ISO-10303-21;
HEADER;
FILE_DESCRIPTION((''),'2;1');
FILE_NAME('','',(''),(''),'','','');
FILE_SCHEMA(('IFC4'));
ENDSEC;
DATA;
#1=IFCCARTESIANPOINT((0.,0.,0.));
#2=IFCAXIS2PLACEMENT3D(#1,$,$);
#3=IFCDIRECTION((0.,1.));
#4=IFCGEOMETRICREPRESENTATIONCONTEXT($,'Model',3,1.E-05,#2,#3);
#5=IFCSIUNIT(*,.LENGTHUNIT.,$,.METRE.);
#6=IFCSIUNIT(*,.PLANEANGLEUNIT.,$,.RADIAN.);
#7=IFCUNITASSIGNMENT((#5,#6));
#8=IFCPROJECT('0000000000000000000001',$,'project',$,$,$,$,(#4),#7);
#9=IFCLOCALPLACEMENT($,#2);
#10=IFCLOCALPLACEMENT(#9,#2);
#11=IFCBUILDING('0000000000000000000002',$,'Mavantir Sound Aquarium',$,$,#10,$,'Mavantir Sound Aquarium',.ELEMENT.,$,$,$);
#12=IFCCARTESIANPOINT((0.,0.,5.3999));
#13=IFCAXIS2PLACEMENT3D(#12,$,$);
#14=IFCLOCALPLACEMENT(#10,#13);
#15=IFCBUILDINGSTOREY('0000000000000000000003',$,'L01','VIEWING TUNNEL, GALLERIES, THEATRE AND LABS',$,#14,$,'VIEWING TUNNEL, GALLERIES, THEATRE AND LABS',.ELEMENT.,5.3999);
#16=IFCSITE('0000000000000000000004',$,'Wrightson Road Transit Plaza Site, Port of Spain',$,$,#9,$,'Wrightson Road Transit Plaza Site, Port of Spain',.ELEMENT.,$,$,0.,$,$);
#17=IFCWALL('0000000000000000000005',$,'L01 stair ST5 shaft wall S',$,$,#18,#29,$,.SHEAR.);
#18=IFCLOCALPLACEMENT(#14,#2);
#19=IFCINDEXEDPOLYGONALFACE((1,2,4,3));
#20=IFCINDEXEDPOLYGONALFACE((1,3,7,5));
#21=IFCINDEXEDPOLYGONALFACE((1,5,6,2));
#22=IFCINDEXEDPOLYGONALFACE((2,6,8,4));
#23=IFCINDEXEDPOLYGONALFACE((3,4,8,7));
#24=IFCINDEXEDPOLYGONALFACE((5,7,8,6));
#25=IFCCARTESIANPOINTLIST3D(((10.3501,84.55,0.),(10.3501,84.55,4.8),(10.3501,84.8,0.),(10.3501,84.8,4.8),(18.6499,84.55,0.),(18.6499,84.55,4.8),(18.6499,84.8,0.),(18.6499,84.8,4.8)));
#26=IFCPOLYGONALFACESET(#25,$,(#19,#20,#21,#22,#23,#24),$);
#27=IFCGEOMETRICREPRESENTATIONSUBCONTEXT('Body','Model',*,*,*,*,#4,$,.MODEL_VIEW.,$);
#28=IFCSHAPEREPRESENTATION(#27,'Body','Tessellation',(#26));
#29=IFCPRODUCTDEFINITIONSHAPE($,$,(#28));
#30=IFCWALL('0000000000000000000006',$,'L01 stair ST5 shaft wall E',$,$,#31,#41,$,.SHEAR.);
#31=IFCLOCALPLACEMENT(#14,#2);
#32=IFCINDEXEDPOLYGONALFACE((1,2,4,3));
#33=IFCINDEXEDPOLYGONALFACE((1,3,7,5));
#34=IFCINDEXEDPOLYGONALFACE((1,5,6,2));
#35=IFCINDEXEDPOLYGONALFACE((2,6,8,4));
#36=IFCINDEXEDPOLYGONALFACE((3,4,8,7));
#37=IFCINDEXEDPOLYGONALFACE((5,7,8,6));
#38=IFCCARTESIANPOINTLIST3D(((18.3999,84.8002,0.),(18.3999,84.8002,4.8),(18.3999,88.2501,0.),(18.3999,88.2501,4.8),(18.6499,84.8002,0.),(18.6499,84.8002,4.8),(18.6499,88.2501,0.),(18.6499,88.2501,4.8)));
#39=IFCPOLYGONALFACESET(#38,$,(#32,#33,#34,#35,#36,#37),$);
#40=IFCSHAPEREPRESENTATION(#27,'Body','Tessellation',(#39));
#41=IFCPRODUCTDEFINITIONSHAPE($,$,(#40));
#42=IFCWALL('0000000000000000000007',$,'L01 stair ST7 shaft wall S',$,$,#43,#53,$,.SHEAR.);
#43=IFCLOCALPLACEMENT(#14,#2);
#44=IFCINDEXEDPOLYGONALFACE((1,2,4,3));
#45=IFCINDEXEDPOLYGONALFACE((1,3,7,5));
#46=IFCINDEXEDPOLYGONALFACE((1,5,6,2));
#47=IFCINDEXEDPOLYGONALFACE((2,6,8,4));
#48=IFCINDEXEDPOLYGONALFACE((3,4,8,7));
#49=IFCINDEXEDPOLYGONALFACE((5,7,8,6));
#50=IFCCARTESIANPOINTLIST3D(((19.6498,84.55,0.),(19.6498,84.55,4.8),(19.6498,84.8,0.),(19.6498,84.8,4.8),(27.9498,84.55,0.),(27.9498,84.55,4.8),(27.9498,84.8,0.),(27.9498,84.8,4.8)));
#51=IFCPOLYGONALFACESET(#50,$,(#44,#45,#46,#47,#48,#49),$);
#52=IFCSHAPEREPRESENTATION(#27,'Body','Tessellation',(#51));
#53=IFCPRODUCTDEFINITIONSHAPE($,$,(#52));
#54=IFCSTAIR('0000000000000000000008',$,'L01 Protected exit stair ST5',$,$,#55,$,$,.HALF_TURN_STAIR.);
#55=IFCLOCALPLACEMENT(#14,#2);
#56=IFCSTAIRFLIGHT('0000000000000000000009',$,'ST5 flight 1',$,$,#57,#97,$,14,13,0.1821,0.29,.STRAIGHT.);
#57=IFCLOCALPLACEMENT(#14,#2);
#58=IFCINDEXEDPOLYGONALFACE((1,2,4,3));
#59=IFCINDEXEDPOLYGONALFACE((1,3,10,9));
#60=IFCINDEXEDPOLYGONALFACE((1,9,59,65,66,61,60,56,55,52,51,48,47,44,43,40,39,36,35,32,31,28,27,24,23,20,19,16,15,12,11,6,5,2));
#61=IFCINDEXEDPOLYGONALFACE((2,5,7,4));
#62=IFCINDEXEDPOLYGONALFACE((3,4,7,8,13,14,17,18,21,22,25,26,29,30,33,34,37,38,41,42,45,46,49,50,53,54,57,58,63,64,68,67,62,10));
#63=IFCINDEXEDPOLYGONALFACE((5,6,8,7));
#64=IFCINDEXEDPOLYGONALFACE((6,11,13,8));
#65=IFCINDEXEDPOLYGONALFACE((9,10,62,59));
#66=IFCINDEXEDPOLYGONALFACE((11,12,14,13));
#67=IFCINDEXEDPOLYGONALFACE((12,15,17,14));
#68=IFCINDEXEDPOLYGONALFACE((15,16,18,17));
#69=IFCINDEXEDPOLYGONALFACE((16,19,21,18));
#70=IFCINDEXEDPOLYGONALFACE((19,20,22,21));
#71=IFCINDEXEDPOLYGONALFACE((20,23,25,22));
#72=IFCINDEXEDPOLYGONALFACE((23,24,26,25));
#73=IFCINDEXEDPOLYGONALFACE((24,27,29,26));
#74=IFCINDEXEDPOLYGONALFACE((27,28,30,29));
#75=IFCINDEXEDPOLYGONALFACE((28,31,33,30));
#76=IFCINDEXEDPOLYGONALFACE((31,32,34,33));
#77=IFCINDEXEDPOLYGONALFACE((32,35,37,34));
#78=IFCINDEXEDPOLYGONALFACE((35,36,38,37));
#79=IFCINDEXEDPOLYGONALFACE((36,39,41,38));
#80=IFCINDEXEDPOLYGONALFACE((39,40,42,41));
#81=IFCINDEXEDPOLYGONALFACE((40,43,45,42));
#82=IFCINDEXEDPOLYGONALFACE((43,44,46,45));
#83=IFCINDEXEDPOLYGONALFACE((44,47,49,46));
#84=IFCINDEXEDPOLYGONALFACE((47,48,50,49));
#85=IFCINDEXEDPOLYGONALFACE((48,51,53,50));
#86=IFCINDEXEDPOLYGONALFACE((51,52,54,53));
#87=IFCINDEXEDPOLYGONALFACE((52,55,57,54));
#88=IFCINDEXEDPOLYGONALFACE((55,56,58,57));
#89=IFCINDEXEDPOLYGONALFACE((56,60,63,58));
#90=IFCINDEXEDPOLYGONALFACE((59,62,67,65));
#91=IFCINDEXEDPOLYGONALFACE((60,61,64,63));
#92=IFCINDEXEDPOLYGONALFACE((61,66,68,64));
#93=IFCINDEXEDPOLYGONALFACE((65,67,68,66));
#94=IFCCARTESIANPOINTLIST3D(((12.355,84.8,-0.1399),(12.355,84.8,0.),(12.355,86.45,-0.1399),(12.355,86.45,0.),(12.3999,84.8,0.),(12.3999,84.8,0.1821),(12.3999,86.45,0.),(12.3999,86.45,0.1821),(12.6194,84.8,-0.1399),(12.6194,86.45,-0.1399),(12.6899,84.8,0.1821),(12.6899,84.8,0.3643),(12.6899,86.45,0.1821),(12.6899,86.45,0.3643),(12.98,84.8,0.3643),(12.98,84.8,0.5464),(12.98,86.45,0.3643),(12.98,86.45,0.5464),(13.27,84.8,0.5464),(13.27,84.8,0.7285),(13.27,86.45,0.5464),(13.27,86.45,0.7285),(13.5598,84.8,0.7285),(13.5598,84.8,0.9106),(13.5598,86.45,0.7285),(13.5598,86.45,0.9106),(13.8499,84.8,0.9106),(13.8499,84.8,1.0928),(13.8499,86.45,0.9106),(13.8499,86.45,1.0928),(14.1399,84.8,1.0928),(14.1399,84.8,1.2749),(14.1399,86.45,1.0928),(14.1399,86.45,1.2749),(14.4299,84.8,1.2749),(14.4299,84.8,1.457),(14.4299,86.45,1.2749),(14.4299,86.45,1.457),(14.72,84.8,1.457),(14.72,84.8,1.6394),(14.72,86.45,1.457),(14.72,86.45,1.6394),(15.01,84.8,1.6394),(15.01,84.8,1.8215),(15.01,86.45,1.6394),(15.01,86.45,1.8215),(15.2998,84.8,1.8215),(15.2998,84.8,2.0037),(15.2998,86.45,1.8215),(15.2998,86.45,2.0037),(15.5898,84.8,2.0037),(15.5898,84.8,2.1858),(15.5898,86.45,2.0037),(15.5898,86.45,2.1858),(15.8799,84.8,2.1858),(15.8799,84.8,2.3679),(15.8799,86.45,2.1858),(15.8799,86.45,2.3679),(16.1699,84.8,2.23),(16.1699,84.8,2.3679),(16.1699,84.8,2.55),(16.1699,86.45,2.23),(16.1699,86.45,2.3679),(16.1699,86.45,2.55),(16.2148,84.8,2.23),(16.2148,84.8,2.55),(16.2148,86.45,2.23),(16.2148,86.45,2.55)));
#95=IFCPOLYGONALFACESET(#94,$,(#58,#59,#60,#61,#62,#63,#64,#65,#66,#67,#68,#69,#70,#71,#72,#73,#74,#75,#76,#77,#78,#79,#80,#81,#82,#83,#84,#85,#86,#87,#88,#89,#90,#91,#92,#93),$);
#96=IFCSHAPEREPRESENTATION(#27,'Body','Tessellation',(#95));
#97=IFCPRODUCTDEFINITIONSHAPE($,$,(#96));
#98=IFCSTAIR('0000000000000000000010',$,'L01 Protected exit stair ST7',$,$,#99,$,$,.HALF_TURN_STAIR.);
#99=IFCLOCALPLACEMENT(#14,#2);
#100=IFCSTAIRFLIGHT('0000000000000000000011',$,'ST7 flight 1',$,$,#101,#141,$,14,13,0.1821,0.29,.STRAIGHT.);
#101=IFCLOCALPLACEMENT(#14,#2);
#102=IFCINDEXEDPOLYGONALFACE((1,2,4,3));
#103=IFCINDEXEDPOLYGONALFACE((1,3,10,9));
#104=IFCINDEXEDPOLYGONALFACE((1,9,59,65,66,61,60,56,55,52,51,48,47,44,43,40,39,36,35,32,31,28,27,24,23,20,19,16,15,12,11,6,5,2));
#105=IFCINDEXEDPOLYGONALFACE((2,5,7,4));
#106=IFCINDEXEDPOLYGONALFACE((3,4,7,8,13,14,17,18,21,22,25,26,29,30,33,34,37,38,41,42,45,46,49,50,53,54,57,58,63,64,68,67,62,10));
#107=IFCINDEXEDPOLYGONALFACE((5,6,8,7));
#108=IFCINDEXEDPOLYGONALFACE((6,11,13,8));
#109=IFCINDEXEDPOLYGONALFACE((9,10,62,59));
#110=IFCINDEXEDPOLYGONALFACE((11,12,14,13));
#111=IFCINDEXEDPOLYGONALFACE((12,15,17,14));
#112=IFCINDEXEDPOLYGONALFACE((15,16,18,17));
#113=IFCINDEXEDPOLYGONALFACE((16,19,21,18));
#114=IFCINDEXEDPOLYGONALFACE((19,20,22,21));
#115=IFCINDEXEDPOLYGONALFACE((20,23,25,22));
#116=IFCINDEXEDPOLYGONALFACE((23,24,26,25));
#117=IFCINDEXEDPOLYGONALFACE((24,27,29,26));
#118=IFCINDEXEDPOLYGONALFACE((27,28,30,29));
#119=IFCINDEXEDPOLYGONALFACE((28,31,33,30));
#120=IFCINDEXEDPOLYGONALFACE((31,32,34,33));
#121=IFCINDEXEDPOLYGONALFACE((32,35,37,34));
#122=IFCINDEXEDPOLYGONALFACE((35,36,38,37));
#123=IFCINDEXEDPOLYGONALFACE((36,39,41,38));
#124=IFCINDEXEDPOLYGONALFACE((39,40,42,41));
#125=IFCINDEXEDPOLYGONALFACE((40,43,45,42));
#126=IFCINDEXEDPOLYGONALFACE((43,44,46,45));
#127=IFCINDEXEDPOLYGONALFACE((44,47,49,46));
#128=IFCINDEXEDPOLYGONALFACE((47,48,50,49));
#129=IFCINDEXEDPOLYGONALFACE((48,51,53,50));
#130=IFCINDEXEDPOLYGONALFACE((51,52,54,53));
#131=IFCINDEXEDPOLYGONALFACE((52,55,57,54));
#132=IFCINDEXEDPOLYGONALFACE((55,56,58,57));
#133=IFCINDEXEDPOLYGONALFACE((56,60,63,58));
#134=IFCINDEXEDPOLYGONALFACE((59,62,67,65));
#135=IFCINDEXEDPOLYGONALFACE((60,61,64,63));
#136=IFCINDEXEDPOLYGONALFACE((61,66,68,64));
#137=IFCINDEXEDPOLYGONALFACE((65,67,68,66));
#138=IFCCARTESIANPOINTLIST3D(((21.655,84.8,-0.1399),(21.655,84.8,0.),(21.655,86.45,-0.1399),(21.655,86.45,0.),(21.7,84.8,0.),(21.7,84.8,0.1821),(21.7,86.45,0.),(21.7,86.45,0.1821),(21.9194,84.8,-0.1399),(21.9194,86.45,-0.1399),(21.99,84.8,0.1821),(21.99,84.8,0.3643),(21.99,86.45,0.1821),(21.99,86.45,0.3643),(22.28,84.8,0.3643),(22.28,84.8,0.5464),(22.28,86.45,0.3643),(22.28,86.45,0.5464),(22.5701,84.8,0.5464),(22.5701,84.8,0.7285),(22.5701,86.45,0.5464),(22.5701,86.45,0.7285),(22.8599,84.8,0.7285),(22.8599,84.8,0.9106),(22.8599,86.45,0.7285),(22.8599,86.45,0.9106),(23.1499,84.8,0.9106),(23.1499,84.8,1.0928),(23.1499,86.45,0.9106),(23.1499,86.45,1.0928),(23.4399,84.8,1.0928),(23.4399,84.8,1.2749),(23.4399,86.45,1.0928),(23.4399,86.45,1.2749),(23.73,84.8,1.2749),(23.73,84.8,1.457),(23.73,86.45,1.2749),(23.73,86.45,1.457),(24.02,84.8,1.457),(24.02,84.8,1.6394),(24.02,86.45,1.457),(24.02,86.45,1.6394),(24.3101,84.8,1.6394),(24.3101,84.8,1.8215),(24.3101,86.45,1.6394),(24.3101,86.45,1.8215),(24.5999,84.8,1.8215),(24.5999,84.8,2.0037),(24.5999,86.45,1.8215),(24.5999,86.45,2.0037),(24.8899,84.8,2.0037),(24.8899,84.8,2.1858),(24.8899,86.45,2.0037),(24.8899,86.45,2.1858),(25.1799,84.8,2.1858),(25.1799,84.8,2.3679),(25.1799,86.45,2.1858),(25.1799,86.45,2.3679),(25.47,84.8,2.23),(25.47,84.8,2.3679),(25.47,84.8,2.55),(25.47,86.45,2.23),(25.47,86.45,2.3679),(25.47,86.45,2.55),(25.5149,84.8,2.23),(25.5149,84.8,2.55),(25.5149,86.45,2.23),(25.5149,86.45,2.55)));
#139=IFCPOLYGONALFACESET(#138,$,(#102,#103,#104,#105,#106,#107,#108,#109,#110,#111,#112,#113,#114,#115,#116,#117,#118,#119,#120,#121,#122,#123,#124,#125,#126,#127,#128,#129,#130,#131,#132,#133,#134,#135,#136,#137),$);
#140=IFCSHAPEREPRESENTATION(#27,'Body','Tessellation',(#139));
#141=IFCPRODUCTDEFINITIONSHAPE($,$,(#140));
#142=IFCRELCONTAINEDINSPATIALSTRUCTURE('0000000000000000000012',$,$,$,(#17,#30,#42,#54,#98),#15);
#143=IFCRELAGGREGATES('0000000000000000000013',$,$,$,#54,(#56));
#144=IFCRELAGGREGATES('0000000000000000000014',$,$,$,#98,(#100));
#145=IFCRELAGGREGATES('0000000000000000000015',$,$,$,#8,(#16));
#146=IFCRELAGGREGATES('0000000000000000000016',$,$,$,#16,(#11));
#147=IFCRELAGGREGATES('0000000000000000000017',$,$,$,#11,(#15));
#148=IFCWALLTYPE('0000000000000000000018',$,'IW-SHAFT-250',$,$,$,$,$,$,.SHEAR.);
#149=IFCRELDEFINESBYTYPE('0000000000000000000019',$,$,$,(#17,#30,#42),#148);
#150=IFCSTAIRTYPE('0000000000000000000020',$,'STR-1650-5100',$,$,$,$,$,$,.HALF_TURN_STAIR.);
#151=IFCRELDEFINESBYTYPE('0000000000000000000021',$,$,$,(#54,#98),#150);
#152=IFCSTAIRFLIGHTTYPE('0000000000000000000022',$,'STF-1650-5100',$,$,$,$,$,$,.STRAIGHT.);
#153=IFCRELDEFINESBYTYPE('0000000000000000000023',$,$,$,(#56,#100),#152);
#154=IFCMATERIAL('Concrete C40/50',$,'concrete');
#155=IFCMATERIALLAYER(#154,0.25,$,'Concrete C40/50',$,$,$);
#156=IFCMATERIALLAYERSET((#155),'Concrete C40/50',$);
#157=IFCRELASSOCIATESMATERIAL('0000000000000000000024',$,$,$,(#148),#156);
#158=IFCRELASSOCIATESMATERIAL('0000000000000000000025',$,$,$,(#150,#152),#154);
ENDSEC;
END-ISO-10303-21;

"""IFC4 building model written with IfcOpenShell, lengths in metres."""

from ifc_helpers import new_model, si_unit, direction, frame, frame_2d, origin, place, context, subcontext, project, spatial, polyline, rectangle, outline, extrude, material, layer, layer_set, type_object, element, aggregate, save


model = new_model("IFC4")

# Units and contexts
model_context = context("Model", 3, precision=1e-05, world=origin(), true_north=direction((0.0, 1.0)))
body_context = subcontext(model_context, "Body", "Model", "MODEL_VIEW")
ifc_project = project(units=[si_unit("LENGTHUNIT", "METRE"), si_unit("PLANEANGLEUNIT", "RADIAN")], contexts=[model_context])

# Site, building, storey
site_placement = place(None, origin())
site = spatial("IfcSite", under=ifc_project, at=site_placement, Name="Wrightson Road Transit Plaza Site, Port of Spain", LongName="Wrightson Road Transit Plaza Site, Port of Spain", CompositionType="ELEMENT", RefElevation=0.0)
building_placement = place(site_placement, origin())
building = spatial("IfcBuilding", under=site, at=building_placement, Name="Mavantir Sound Aquarium", LongName="Mavantir Sound Aquarium", CompositionType="ELEMENT")
storey_placement = place(building_placement, frame((0.0, 0.0, 5.3999)))
storey = spatial("IfcBuildingStorey", under=building, at=storey_placement, Name="L01", Description="VIEWING TUNNEL, GALLERIES, THEATRE AND LABS", LongName="VIEWING TUNNEL, GALLERIES, THEATRE AND LABS", CompositionType="ELEMENT", Elevation=5.3999)

# Shared definitions
ifc_material_1 = material(Name="Concrete C40/50", Category="concrete")

# Walls
ifc_layer_1 = layer(ifc_material_1, 0.25, Name="Concrete C40/50")
ifc_layer_set_1 = layer_set([ifc_layer_1], Name="Concrete C40/50")
wall_type_1 = type_object("IfcWallType", Name="IW-SHAFT-250", PredefinedType="SHEAR", material=ifc_layer_set_1)
wall_1_placement = place(storey_placement, frame((10.3501, 84.675, 0.0), z_axis=(0.0, 0.0, 1.0), x_axis=(1.0, 0.0, 0.0)))
element("IfcWall", 1, at=wall_1_placement, inside=storey, type_object=wall_type_1, Name="L01 stair ST5 shaft wall S", PredefinedType="SHEAR", context=body_context, shape_type="SweptSolid", body=[
    extrude(rectangle(XDim=8.2998, YDim=0.25, at=frame_2d((4.1499, 0.0))), origin(), (0.0, 0.0, 1.0), 4.8),
])
wall_2_placement = place(storey_placement, frame((18.5249, 84.8, 0.0), z_axis=(0.0, 0.0, 1.0), x_axis=(0.0, 1.0, 0.0)))
element("IfcWall", 2, at=wall_2_placement, inside=storey, type_object=wall_type_1, Name="L01 stair ST5 shaft wall E", PredefinedType="SHEAR", context=body_context, shape_type="SweptSolid", body=[
    extrude(rectangle(XDim=3.45, YDim=0.25, at=frame_2d((1.7251, 0.0))), origin(), (0.0, 0.0, 1.0), 4.8),
])
wall_3_placement = place(storey_placement, frame((19.6499, 84.675, 0.0), z_axis=(0.0, 0.0, 1.0), x_axis=(1.0, 0.0, 0.0)))
element("IfcWall", 3, at=wall_3_placement, inside=storey, type_object=wall_type_1, Name="L01 stair ST7 shaft wall S", PredefinedType="SHEAR", context=body_context, shape_type="SweptSolid", body=[
    extrude(rectangle(XDim=8.3, YDim=0.25, at=frame_2d((4.1499, 0.0))), origin(), (0.0, 0.0, 1.0), 4.8),
])

# Stairs, stair flights
stair_type = type_object("IfcStairType", Name="STR-1650-5100", PredefinedType="HALF_TURN_STAIR", material=ifc_material_1)
stair_1_placement = place(storey_placement, origin())
stair_1 = element("IfcStair", 4, at=stair_1_placement, inside=storey, type_object=stair_type, Name="L01 Protected exit stair ST5", PredefinedType="HALF_TURN_STAIR")
stair_flight_type = type_object("IfcStairFlightType", Name="STF-1650-5100", PredefinedType="STRAIGHT", material=ifc_material_1)
stair_flight_1_placement = place(storey_placement, frame((12.3999, 85.625, 0.0), z_axis=(0.0, 0.0, 1.0), x_axis=(1.0, 0.0, 0.0)))
stair_flight_1 = element("IfcStairFlight", 5, at=stair_flight_1_placement, type_object=stair_flight_type, Name="ST5 flight 1", NumberOfRisers=14, NumberOfTreads=13, PredefinedType="STRAIGHT", RiserHeight=0.1821, TreadLength=0.29, context=body_context, shape_type="SweptSolid", body=[
    extrude(outline(polyline([(-0.0449, -0.1399), (-0.0449, 0.0), (0.0, 0.0), (0.0, 0.1821), (0.29, 0.1821), (0.29, 0.3643), (0.5801, 0.3643), (0.5801, 0.5464), (0.8701, 0.5464), (0.8701, 0.7285), (1.1599, 0.7285), (1.1599, 0.9106), (1.45, 0.9106), (1.45, 1.0928), (1.74, 1.0928), (1.74, 1.2749), (2.03, 1.2749), (2.03, 1.457), (2.3201, 1.457), (2.3201, 1.6394), (2.6101, 1.6394), (2.6101, 1.8215), (2.8999, 1.8215), (2.8999, 2.0037), (3.1899, 2.0037), (3.1899, 2.1858), (3.48, 2.1858), (3.48, 2.3679), (3.77, 2.3679), (3.77, 2.55), (3.8149, 2.55), (3.8149, 2.23), (3.77, 2.23), (0.2195, -0.1399), (-0.0449, -0.1399)])), frame((0.0, 0.825, 0.0), z_axis=(0.0, -1.0, 0.0), x_axis=(1.0, 0.0, 0.0)), (0.0, 0.0, 1.0), 1.6499),
])
aggregate(stair_1, [stair_flight_1])
stair_2_placement = place(storey_placement, origin())
stair_2 = element("IfcStair", 6, at=stair_2_placement, inside=storey, type_object=stair_type, Name="L01 Protected exit stair ST7", PredefinedType="HALF_TURN_STAIR")
stair_flight_2_placement = place(storey_placement, frame((21.7, 85.625, 0.0), z_axis=(0.0, 0.0, 1.0), x_axis=(1.0, 0.0, 0.0)))
stair_flight_2 = element("IfcStairFlight", 7, at=stair_flight_2_placement, type_object=stair_flight_type, Name="ST7 flight 1", NumberOfRisers=14, NumberOfTreads=13, PredefinedType="STRAIGHT", RiserHeight=0.1821, TreadLength=0.29, context=body_context, shape_type="SweptSolid", body=[
    extrude(outline(polyline([(-0.0449, -0.1399), (-0.0449, 0.0), (0.0, 0.0), (0.0, 0.1821), (0.29, 0.1821), (0.29, 0.3643), (0.5801, 0.3643), (0.5801, 0.5464), (0.8701, 0.5464), (0.8701, 0.7285), (1.1599, 0.7285), (1.1599, 0.9106), (1.45, 0.9106), (1.45, 1.0928), (1.74, 1.0928), (1.74, 1.2749), (2.03, 1.2749), (2.03, 1.457), (2.3201, 1.457), (2.3201, 1.6394), (2.6101, 1.6394), (2.6101, 1.8215), (2.8999, 1.8215), (2.8999, 2.0037), (3.1899, 2.0037), (3.1899, 2.1858), (3.48, 2.1858), (3.48, 2.3679), (3.77, 2.3679), (3.77, 2.55), (3.8149, 2.55), (3.8149, 2.23), (3.77, 2.23), (0.2195, -0.1399), (-0.0449, -0.1399)])), frame((0.0, 0.825, 0.0), z_axis=(0.0, -1.0, 0.0), x_axis=(1.0, 0.0, 0.0)), (0.0, 0.0, 1.0), 1.6499),
])
aggregate(stair_2, [stair_flight_2])

save(model, "model.ifc")
